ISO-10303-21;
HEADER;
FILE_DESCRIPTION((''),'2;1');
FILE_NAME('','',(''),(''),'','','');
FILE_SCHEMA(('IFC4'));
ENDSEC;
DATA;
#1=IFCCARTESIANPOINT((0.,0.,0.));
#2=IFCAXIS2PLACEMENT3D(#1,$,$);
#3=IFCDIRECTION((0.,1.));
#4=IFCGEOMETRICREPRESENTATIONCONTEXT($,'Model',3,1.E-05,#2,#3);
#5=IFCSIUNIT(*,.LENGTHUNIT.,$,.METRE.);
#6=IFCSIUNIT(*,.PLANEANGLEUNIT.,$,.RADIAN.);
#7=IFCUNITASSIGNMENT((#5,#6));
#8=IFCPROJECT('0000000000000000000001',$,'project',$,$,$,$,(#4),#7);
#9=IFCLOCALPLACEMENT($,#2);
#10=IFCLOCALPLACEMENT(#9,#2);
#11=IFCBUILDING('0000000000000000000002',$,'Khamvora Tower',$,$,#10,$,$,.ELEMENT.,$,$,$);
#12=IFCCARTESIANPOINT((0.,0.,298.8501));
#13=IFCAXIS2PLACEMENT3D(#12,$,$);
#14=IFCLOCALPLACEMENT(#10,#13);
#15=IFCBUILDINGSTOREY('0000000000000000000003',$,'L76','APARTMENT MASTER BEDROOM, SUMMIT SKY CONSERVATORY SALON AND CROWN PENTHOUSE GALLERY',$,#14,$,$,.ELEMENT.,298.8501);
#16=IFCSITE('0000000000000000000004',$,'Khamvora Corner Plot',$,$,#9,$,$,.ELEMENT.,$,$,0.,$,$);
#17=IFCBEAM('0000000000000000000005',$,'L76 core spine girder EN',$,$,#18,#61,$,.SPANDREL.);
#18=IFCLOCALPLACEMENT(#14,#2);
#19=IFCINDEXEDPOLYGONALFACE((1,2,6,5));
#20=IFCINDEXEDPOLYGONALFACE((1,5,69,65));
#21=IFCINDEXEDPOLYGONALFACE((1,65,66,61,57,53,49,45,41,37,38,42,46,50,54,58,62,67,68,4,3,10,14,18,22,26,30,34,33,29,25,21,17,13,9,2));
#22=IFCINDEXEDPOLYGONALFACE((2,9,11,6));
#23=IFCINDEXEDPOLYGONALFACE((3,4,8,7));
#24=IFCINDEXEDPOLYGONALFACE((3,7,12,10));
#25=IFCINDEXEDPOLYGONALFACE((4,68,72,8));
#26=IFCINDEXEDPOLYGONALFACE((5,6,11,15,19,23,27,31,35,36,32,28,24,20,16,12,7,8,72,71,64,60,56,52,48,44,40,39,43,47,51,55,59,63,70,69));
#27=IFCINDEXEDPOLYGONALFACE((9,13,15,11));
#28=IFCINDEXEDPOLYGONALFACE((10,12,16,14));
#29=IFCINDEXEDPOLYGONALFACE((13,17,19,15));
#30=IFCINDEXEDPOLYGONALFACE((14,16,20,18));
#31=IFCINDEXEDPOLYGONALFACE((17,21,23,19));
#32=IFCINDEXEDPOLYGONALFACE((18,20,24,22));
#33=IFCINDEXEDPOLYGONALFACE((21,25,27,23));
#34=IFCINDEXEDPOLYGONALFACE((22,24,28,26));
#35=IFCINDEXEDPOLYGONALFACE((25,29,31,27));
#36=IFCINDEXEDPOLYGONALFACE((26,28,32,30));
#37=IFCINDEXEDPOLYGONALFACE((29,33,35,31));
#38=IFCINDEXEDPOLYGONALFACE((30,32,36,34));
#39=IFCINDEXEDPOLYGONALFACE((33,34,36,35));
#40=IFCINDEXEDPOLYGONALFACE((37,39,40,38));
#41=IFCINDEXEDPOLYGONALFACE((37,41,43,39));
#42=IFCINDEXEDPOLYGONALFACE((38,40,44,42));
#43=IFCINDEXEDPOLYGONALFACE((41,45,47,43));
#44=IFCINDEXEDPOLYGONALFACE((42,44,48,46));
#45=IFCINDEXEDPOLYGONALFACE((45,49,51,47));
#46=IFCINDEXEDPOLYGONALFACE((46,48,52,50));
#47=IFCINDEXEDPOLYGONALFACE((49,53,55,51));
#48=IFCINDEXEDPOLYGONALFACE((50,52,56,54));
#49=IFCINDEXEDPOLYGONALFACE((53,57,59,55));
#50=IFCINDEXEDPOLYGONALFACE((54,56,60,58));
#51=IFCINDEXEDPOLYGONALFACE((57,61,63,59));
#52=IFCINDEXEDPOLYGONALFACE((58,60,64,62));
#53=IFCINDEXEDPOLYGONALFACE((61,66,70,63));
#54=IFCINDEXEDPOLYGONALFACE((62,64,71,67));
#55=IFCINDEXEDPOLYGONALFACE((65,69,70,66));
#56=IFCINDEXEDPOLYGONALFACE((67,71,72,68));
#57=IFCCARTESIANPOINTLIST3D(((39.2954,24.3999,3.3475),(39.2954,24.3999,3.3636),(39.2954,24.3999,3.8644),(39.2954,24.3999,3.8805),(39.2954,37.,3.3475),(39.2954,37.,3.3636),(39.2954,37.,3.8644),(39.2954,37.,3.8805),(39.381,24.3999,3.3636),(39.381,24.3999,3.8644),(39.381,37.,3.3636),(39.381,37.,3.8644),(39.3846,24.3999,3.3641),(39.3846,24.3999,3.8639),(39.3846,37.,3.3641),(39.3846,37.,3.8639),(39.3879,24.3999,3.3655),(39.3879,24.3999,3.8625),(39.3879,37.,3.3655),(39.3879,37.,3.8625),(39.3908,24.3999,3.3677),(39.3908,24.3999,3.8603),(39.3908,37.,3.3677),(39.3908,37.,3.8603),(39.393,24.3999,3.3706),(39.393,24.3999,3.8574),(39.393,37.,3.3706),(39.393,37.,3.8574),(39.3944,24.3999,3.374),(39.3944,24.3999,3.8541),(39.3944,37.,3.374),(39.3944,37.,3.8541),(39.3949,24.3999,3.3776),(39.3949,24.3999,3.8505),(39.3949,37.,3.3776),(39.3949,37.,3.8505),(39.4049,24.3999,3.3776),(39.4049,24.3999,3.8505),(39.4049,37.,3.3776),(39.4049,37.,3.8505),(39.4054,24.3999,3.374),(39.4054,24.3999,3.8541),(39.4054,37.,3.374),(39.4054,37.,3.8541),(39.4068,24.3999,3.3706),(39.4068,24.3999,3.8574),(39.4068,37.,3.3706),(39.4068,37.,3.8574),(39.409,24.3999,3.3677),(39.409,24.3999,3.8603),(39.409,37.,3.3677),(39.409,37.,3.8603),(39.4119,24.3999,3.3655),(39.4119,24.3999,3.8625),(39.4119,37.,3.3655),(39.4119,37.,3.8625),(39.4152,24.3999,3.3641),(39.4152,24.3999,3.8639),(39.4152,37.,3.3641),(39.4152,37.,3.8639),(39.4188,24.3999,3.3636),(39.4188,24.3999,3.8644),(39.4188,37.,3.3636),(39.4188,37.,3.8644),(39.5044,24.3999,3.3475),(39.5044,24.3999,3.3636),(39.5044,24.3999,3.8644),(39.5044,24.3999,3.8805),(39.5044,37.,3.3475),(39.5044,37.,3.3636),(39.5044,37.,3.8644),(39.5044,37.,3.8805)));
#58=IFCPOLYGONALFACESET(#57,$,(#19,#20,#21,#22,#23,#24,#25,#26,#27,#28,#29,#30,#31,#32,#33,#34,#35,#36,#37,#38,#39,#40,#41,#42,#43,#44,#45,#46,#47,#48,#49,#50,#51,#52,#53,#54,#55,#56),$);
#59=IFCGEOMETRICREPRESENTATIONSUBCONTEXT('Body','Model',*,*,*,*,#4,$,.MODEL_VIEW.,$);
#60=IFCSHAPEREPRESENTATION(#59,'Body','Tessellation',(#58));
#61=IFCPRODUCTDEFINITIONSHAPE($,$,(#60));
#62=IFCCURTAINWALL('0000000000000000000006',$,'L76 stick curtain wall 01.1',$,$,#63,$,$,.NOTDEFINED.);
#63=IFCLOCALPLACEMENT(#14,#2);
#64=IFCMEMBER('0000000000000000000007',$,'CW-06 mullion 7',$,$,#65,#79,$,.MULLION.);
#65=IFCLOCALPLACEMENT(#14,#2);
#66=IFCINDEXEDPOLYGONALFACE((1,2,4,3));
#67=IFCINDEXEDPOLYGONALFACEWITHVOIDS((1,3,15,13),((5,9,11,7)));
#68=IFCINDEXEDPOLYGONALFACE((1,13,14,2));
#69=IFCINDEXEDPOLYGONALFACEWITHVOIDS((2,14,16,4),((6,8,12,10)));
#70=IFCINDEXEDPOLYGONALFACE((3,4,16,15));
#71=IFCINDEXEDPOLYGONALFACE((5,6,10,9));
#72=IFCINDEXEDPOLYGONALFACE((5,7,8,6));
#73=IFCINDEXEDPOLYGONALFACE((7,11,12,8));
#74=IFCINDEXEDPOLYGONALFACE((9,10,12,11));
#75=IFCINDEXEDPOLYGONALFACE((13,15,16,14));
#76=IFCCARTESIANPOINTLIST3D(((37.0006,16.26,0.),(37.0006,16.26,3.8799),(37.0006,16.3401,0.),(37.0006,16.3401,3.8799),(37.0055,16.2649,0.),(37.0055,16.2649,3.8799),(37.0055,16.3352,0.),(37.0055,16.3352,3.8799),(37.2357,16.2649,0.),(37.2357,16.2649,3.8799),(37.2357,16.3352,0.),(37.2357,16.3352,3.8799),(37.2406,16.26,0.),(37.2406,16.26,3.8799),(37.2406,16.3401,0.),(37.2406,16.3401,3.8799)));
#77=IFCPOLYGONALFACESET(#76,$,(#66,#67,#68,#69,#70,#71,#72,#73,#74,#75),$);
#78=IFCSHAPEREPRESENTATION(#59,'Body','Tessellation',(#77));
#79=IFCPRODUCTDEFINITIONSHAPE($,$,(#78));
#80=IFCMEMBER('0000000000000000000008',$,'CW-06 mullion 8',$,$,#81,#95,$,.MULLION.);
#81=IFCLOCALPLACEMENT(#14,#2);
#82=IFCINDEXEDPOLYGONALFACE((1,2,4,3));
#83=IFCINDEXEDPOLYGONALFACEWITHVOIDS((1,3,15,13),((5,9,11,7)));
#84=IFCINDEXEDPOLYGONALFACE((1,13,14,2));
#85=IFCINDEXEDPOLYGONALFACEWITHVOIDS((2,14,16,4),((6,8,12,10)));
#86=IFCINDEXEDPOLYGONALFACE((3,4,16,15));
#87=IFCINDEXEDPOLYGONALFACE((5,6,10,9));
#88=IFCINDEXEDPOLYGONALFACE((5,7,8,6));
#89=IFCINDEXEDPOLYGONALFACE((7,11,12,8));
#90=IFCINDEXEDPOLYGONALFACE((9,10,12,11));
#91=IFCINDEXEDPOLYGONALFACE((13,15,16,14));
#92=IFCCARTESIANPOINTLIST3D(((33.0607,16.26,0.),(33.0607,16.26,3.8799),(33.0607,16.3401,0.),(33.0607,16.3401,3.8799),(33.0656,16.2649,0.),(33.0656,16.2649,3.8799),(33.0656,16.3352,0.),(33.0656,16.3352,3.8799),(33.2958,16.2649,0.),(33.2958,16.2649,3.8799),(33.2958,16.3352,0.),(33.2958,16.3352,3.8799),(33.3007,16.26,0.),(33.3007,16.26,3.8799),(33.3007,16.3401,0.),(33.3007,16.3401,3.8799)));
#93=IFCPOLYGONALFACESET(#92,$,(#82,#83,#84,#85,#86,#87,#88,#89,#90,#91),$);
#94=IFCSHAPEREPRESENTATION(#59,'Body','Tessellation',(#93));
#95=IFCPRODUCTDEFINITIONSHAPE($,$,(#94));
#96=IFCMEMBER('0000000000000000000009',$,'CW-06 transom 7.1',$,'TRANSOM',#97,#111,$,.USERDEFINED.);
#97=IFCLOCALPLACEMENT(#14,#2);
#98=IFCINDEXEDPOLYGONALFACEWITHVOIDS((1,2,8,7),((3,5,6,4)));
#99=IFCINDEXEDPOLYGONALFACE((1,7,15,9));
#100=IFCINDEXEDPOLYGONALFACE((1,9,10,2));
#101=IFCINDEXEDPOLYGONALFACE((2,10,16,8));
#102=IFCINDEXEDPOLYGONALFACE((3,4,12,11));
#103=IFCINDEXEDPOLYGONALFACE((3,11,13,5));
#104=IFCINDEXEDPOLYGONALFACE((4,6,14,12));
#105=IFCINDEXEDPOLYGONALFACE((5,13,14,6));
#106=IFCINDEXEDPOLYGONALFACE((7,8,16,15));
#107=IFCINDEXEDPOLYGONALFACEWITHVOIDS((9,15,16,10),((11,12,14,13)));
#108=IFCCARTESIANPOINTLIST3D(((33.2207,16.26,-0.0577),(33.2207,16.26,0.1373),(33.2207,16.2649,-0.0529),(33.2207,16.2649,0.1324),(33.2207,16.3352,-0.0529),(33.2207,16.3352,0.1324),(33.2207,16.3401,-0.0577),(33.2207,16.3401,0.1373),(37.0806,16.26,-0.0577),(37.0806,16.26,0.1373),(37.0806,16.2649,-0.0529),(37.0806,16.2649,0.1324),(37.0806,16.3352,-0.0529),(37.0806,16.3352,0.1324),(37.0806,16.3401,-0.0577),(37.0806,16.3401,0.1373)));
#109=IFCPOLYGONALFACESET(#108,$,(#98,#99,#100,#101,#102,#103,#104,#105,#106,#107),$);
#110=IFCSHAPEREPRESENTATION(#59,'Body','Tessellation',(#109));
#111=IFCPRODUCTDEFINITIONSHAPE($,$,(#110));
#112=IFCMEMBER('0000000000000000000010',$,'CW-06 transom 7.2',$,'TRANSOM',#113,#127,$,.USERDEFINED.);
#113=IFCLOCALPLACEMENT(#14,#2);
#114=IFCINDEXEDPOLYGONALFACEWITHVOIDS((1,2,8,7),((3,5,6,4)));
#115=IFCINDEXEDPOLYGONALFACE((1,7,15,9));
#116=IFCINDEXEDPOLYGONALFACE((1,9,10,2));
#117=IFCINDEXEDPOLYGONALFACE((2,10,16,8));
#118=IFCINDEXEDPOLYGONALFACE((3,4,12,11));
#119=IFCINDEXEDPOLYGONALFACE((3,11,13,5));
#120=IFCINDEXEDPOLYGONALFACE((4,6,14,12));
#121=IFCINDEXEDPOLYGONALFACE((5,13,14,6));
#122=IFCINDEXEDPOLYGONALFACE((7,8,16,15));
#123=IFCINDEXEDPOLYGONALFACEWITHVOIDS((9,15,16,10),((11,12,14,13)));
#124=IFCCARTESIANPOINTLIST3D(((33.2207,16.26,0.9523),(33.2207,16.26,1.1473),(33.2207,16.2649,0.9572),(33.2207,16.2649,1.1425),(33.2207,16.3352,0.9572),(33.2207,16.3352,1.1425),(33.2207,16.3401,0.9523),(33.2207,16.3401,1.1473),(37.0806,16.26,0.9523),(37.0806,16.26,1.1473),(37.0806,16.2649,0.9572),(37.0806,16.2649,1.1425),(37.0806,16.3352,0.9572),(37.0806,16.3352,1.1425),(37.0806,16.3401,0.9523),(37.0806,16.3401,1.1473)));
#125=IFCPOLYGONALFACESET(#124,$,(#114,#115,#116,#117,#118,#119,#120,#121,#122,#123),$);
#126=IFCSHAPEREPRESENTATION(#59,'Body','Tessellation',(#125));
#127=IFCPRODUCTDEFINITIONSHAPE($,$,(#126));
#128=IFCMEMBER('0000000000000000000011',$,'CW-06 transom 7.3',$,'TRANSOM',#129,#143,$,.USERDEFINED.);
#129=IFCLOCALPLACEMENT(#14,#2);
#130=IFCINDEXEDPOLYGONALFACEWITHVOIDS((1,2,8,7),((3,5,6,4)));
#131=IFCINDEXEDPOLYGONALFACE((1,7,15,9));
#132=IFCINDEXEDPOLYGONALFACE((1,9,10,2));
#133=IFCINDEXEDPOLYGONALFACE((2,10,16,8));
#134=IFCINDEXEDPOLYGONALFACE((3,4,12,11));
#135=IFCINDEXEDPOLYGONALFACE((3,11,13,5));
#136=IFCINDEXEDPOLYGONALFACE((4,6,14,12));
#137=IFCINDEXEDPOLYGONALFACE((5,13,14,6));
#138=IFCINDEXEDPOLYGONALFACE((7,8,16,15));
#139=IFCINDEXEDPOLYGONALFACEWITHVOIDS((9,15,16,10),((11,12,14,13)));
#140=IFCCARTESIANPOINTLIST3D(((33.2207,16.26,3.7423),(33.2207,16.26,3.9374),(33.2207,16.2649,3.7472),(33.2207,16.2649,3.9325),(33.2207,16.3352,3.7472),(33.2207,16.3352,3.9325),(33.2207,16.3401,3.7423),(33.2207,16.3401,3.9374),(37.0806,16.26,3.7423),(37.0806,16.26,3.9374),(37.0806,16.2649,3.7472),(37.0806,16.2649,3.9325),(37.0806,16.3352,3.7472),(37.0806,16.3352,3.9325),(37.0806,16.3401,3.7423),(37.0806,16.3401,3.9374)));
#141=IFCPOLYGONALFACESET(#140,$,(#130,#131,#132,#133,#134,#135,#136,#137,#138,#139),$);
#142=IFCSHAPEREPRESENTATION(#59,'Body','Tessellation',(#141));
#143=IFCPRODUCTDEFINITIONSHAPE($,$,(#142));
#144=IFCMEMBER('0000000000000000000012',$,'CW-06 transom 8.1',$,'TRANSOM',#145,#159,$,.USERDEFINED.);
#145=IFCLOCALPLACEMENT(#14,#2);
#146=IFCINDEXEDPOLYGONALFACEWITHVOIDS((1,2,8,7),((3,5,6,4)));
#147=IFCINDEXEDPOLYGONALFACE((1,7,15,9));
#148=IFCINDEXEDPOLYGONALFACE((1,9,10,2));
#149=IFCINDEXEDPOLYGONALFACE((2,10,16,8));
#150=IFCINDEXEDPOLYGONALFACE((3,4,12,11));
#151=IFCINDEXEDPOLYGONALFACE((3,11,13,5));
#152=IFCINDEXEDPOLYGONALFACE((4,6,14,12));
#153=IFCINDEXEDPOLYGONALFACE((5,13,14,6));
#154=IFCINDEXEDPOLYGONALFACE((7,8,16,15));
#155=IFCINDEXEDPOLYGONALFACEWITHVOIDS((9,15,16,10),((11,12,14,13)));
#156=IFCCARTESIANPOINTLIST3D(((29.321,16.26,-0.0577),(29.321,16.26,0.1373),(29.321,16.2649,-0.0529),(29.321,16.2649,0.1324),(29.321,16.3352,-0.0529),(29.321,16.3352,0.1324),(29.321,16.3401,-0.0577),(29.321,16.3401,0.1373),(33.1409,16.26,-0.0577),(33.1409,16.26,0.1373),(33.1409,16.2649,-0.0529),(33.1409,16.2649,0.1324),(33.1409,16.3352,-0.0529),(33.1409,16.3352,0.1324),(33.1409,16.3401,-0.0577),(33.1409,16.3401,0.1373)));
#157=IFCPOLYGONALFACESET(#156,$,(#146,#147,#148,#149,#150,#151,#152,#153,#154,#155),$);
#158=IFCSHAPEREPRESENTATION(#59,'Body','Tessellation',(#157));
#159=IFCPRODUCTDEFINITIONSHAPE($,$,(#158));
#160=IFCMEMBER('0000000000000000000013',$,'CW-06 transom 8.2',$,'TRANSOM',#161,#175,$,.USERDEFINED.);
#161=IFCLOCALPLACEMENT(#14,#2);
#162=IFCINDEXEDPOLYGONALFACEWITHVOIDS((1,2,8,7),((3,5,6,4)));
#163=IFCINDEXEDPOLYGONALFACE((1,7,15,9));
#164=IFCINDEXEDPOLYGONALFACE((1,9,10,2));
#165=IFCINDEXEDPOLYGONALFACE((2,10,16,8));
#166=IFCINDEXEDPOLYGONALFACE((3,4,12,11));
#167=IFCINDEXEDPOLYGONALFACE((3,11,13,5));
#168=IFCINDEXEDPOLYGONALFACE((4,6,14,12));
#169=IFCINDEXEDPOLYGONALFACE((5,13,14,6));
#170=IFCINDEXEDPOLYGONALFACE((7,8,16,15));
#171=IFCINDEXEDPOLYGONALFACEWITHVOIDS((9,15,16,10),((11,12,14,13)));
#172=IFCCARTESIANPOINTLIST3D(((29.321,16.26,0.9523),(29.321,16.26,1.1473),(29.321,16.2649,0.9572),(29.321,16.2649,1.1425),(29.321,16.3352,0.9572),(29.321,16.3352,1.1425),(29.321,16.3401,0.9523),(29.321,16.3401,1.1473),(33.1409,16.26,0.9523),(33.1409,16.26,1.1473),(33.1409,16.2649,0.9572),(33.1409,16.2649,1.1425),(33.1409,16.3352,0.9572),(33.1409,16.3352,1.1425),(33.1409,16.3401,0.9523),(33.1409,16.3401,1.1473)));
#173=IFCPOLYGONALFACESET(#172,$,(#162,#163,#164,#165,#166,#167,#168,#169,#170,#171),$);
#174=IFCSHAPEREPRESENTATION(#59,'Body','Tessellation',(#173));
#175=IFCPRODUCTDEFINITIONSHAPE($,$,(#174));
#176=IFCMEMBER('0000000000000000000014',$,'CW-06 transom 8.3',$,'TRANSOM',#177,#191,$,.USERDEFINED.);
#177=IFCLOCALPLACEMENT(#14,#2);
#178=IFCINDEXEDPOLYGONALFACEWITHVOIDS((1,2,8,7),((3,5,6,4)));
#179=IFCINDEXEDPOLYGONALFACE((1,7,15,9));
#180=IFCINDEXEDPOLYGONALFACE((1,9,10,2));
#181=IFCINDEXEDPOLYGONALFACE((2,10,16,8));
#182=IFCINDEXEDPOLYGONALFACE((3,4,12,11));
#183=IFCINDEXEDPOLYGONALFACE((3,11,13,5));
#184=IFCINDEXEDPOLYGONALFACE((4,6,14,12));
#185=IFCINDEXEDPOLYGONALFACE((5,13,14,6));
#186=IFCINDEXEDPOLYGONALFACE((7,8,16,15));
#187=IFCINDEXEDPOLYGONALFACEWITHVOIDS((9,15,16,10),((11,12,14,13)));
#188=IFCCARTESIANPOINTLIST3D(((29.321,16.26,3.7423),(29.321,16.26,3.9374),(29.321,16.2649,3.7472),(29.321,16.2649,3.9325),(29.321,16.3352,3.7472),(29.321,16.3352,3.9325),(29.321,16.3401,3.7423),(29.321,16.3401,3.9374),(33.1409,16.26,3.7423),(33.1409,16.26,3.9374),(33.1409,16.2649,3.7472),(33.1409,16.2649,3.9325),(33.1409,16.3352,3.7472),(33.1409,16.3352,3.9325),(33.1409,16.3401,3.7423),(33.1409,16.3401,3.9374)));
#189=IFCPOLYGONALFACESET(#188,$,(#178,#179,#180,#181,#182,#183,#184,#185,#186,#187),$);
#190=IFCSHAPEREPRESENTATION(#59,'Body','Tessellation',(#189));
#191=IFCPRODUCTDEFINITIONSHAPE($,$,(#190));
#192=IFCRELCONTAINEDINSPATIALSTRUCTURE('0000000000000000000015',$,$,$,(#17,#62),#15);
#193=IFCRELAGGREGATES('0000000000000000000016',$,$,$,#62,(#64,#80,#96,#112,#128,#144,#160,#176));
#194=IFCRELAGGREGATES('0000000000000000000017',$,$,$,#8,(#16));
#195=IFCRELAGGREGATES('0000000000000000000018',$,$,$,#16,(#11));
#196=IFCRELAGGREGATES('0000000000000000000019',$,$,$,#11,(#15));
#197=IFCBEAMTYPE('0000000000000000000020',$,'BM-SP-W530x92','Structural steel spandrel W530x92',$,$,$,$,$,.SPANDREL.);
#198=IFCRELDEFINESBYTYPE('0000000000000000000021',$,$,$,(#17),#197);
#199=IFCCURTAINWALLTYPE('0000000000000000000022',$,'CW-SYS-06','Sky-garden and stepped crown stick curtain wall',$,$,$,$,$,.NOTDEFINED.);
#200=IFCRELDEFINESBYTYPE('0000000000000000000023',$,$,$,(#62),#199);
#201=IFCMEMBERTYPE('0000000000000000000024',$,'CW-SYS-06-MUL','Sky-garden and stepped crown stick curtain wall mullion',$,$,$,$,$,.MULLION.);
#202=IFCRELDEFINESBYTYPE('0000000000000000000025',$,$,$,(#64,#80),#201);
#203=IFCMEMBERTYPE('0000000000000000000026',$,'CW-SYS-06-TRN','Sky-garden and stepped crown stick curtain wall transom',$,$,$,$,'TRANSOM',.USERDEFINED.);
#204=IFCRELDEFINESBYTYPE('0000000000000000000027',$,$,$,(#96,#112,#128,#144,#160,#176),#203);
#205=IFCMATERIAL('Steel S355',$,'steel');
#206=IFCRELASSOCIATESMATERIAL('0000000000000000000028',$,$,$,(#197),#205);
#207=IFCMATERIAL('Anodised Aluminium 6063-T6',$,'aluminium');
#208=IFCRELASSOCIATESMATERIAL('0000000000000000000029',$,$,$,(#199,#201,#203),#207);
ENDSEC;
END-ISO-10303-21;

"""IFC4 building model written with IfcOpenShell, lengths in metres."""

from ifc_helpers import new_model, si_unit, direction, frame, origin, origin_2d, place, context, subcontext, project, spatial, hollow_rectangle, i_section, extrude, material, material_profile, profile_set, type_object, element, aggregate, save


model = new_model("IFC4")

# Units and contexts
model_context = context("Model", 3, precision=1e-05, world=origin(), true_north=direction((0.0, 1.0)))
body_context = subcontext(model_context, "Body", "Model", "MODEL_VIEW")
ifc_project = project(units=[si_unit("LENGTHUNIT", "METRE"), si_unit("PLANEANGLEUNIT", "RADIAN")], contexts=[model_context])

# Site, building, storey
site_placement = place(None, origin())
site = spatial("IfcSite", under=ifc_project, at=site_placement, Name="Khamvora Corner Plot", CompositionType="ELEMENT", RefElevation=0.0)
building_placement = place(site_placement, origin())
building = spatial("IfcBuilding", under=site, at=building_placement, Name="Khamvora Tower", CompositionType="ELEMENT")
storey_placement = place(building_placement, frame((0.0, 0.0, 298.8501)))
storey = spatial("IfcBuildingStorey", under=building, at=storey_placement, Name="L76", Description="APARTMENT MASTER BEDROOM, SUMMIT SKY CONSERVATORY SALON AND CROWN PENTHOUSE GALLERY", CompositionType="ELEMENT", Elevation=298.8501)

# Beam
ifc_material_1 = material(Name="Steel S355", Category="steel")
ifc_material_profile_1 = material_profile(ifc_material_1, i_section(OverallWidth=0.209, OverallDepth=0.533, WebThickness=0.01, FlangeThickness=0.0161, FilletRadius=0.0139, at=origin_2d()), Name="W530x92")
ifc_profile_set_1 = profile_set([ifc_material_profile_1], Name="Steel S355")
beam_type_1 = type_object("IfcBeamType", Name="BM-SP-W530x92", Description="Structural steel spandrel W530x92", PredefinedType="SPANDREL", material=ifc_profile_set_1)
beam_1_placement = place(storey_placement, frame((39.3999, 24.3999, 3.614), z_axis=(0.0, 1.0, 0.0), x_axis=(-1.0, 0.0, 0.0)))
element("IfcBeam", 1, at=beam_1_placement, inside=storey, type_object=beam_type_1, Name="L76 core spine girder EN", PredefinedType="SPANDREL", context=body_context, shape_type="SweptSolid", body=[
    extrude(i_section(OverallWidth=0.209, OverallDepth=0.533, WebThickness=0.01, FlangeThickness=0.0161, FilletRadius=0.0139, at=origin_2d()), origin(), (0.0, 0.0, 1.0), 12.6001),
])

# Curtain wall, members
ifc_material_2 = material(Name="Anodised Aluminium 6063-T6", Category="aluminium")
curtain_wall_type = type_object("IfcCurtainWallType", Name="CW-SYS-06", Description="Sky-garden and stepped crown stick curtain wall", PredefinedType="NOTDEFINED", material=ifc_material_2)
curtain_wall_placement = place(storey_placement, origin())
curtain_wall = element("IfcCurtainWall", 2, at=curtain_wall_placement, inside=storey, type_object=curtain_wall_type, Name="L76 stick curtain wall 01.1", PredefinedType="NOTDEFINED")
ifc_material_profile_2 = material_profile(ifc_material_2, hollow_rectangle(XDim=0.0801, YDim=0.24, WallThickness=0.0049, at=origin_2d()), Name="MUL80x240x5")
ifc_profile_set_2 = profile_set([ifc_material_profile_2], Name="Anodised Aluminium 6063-T6")
member_type_1 = type_object("IfcMemberType", Name="CW-SYS-06-MUL", Description="Sky-garden and stepped crown stick curtain wall mullion", PredefinedType="MULLION", material=ifc_profile_set_2)
member_1_placement = place(storey_placement, frame((37.1206, 16.3, 0.0), z_axis=(0.0, 0.0, 1.0), x_axis=(0.0, -1.0, 0.0)))
member_1 = element("IfcMember", 3, at=member_1_placement, type_object=member_type_1, Name="CW-06 mullion 7", PredefinedType="MULLION", context=body_context, shape_type="SweptSolid", body=[
    extrude(hollow_rectangle(XDim=0.0801, YDim=0.24, WallThickness=0.0049, at=origin_2d()), origin(), (0.0, 0.0, 1.0), 3.8799),
])
member_2_placement = place(storey_placement, frame((33.1807, 16.3, 0.0), z_axis=(0.0, 0.0, 1.0), x_axis=(0.0, -1.0, 0.0)))
member_2 = element("IfcMember", 4, at=member_2_placement, type_object=member_type_1, Name="CW-06 mullion 8", PredefinedType="MULLION", context=body_context, shape_type="SweptSolid", body=[
    extrude(hollow_rectangle(XDim=0.0801, YDim=0.24, WallThickness=0.0049, at=origin_2d()), origin(), (0.0, 0.0, 1.0), 3.8799),
])
ifc_material_profile_3 = material_profile(ifc_material_2, hollow_rectangle(XDim=0.0801, YDim=0.1951, WallThickness=0.0049, at=origin_2d()), Name="TRN80x195x5")
ifc_profile_set_3 = profile_set([ifc_material_profile_3], Name="Anodised Aluminium 6063-T6")
member_type_2 = type_object("IfcMemberType", Name="CW-SYS-06-TRN", Description="Sky-garden and stepped crown stick curtain wall transom", ElementType="TRANSOM", PredefinedType="USERDEFINED", material=ifc_profile_set_3)
member_3_placement = place(storey_placement, frame((37.0806, 16.3, 0.0398), z_axis=(-1.0, 0.0, 0.0), x_axis=(0.0, -1.0, 0.0)))
member_3 = element("IfcMember", 5, at=member_3_placement, type_object=member_type_2, Name="CW-06 transom 7.1", ObjectType="TRANSOM", PredefinedType="USERDEFINED", context=body_context, shape_type="SweptSolid", body=[
    extrude(hollow_rectangle(XDim=0.0801, YDim=0.1951, WallThickness=0.0049, at=origin_2d()), origin(), (0.0, 0.0, 1.0), 3.8599),
])
member_4_placement = place(storey_placement, frame((37.0806, 16.3, 1.0498), z_axis=(-1.0, 0.0, 0.0), x_axis=(0.0, -1.0, 0.0)))
member_4 = element("IfcMember", 6, at=member_4_placement, type_object=member_type_2, Name="CW-06 transom 7.2", ObjectType="TRANSOM", PredefinedType="USERDEFINED", context=body_context, shape_type="SweptSolid", body=[
    extrude(hollow_rectangle(XDim=0.0801, YDim=0.1951, WallThickness=0.0049, at=origin_2d()), origin(), (0.0, 0.0, 1.0), 3.8599),
])
member_5_placement = place(storey_placement, frame((37.0806, 16.3, 3.8398), z_axis=(-1.0, 0.0, 0.0), x_axis=(0.0, -1.0, 0.0)))
member_5 = element("IfcMember", 7, at=member_5_placement, type_object=member_type_2, Name="CW-06 transom 7.3", ObjectType="TRANSOM", PredefinedType="USERDEFINED", context=body_context, shape_type="SweptSolid", body=[
    extrude(hollow_rectangle(XDim=0.0801, YDim=0.1951, WallThickness=0.0049, at=origin_2d()), origin(), (0.0, 0.0, 1.0), 3.8599),
])
member_6_placement = place(storey_placement, frame((33.1409, 16.3, 0.0398), z_axis=(-1.0, 0.0, 0.0), x_axis=(0.0, -1.0, 0.0)))
member_6 = element("IfcMember", 8, at=member_6_placement, type_object=member_type_2, Name="CW-06 transom 8.1", ObjectType="TRANSOM", PredefinedType="USERDEFINED", context=body_context, shape_type="SweptSolid", body=[
    extrude(hollow_rectangle(XDim=0.0801, YDim=0.1951, WallThickness=0.0049, at=origin_2d()), origin(), (0.0, 0.0, 1.0), 3.8198),
])
member_7_placement = place(storey_placement, frame((33.1409, 16.3, 1.0498), z_axis=(-1.0, 0.0, 0.0), x_axis=(0.0, -1.0, 0.0)))
member_7 = element("IfcMember", 9, at=member_7_placement, type_object=member_type_2, Name="CW-06 transom 8.2", ObjectType="TRANSOM", PredefinedType="USERDEFINED", context=body_context, shape_type="SweptSolid", body=[
    extrude(hollow_rectangle(XDim=0.0801, YDim=0.1951, WallThickness=0.0049, at=origin_2d()), origin(), (0.0, 0.0, 1.0), 3.8198),
])
member_8_placement = place(storey_placement, frame((33.1409, 16.3, 3.8398), z_axis=(-1.0, 0.0, 0.0), x_axis=(0.0, -1.0, 0.0)))
member_8 = element("IfcMember", 10, at=member_8_placement, type_object=member_type_2, Name="CW-06 transom 8.3", ObjectType="TRANSOM", PredefinedType="USERDEFINED", context=body_context, shape_type="SweptSolid", body=[
    extrude(hollow_rectangle(XDim=0.0801, YDim=0.1951, WallThickness=0.0049, at=origin_2d()), origin(), (0.0, 0.0, 1.0), 3.8198),
])
aggregate(curtain_wall, [member_1, member_2, member_3, member_4, member_5, member_6, member_7, member_8])

save(model, "model.ifc")
